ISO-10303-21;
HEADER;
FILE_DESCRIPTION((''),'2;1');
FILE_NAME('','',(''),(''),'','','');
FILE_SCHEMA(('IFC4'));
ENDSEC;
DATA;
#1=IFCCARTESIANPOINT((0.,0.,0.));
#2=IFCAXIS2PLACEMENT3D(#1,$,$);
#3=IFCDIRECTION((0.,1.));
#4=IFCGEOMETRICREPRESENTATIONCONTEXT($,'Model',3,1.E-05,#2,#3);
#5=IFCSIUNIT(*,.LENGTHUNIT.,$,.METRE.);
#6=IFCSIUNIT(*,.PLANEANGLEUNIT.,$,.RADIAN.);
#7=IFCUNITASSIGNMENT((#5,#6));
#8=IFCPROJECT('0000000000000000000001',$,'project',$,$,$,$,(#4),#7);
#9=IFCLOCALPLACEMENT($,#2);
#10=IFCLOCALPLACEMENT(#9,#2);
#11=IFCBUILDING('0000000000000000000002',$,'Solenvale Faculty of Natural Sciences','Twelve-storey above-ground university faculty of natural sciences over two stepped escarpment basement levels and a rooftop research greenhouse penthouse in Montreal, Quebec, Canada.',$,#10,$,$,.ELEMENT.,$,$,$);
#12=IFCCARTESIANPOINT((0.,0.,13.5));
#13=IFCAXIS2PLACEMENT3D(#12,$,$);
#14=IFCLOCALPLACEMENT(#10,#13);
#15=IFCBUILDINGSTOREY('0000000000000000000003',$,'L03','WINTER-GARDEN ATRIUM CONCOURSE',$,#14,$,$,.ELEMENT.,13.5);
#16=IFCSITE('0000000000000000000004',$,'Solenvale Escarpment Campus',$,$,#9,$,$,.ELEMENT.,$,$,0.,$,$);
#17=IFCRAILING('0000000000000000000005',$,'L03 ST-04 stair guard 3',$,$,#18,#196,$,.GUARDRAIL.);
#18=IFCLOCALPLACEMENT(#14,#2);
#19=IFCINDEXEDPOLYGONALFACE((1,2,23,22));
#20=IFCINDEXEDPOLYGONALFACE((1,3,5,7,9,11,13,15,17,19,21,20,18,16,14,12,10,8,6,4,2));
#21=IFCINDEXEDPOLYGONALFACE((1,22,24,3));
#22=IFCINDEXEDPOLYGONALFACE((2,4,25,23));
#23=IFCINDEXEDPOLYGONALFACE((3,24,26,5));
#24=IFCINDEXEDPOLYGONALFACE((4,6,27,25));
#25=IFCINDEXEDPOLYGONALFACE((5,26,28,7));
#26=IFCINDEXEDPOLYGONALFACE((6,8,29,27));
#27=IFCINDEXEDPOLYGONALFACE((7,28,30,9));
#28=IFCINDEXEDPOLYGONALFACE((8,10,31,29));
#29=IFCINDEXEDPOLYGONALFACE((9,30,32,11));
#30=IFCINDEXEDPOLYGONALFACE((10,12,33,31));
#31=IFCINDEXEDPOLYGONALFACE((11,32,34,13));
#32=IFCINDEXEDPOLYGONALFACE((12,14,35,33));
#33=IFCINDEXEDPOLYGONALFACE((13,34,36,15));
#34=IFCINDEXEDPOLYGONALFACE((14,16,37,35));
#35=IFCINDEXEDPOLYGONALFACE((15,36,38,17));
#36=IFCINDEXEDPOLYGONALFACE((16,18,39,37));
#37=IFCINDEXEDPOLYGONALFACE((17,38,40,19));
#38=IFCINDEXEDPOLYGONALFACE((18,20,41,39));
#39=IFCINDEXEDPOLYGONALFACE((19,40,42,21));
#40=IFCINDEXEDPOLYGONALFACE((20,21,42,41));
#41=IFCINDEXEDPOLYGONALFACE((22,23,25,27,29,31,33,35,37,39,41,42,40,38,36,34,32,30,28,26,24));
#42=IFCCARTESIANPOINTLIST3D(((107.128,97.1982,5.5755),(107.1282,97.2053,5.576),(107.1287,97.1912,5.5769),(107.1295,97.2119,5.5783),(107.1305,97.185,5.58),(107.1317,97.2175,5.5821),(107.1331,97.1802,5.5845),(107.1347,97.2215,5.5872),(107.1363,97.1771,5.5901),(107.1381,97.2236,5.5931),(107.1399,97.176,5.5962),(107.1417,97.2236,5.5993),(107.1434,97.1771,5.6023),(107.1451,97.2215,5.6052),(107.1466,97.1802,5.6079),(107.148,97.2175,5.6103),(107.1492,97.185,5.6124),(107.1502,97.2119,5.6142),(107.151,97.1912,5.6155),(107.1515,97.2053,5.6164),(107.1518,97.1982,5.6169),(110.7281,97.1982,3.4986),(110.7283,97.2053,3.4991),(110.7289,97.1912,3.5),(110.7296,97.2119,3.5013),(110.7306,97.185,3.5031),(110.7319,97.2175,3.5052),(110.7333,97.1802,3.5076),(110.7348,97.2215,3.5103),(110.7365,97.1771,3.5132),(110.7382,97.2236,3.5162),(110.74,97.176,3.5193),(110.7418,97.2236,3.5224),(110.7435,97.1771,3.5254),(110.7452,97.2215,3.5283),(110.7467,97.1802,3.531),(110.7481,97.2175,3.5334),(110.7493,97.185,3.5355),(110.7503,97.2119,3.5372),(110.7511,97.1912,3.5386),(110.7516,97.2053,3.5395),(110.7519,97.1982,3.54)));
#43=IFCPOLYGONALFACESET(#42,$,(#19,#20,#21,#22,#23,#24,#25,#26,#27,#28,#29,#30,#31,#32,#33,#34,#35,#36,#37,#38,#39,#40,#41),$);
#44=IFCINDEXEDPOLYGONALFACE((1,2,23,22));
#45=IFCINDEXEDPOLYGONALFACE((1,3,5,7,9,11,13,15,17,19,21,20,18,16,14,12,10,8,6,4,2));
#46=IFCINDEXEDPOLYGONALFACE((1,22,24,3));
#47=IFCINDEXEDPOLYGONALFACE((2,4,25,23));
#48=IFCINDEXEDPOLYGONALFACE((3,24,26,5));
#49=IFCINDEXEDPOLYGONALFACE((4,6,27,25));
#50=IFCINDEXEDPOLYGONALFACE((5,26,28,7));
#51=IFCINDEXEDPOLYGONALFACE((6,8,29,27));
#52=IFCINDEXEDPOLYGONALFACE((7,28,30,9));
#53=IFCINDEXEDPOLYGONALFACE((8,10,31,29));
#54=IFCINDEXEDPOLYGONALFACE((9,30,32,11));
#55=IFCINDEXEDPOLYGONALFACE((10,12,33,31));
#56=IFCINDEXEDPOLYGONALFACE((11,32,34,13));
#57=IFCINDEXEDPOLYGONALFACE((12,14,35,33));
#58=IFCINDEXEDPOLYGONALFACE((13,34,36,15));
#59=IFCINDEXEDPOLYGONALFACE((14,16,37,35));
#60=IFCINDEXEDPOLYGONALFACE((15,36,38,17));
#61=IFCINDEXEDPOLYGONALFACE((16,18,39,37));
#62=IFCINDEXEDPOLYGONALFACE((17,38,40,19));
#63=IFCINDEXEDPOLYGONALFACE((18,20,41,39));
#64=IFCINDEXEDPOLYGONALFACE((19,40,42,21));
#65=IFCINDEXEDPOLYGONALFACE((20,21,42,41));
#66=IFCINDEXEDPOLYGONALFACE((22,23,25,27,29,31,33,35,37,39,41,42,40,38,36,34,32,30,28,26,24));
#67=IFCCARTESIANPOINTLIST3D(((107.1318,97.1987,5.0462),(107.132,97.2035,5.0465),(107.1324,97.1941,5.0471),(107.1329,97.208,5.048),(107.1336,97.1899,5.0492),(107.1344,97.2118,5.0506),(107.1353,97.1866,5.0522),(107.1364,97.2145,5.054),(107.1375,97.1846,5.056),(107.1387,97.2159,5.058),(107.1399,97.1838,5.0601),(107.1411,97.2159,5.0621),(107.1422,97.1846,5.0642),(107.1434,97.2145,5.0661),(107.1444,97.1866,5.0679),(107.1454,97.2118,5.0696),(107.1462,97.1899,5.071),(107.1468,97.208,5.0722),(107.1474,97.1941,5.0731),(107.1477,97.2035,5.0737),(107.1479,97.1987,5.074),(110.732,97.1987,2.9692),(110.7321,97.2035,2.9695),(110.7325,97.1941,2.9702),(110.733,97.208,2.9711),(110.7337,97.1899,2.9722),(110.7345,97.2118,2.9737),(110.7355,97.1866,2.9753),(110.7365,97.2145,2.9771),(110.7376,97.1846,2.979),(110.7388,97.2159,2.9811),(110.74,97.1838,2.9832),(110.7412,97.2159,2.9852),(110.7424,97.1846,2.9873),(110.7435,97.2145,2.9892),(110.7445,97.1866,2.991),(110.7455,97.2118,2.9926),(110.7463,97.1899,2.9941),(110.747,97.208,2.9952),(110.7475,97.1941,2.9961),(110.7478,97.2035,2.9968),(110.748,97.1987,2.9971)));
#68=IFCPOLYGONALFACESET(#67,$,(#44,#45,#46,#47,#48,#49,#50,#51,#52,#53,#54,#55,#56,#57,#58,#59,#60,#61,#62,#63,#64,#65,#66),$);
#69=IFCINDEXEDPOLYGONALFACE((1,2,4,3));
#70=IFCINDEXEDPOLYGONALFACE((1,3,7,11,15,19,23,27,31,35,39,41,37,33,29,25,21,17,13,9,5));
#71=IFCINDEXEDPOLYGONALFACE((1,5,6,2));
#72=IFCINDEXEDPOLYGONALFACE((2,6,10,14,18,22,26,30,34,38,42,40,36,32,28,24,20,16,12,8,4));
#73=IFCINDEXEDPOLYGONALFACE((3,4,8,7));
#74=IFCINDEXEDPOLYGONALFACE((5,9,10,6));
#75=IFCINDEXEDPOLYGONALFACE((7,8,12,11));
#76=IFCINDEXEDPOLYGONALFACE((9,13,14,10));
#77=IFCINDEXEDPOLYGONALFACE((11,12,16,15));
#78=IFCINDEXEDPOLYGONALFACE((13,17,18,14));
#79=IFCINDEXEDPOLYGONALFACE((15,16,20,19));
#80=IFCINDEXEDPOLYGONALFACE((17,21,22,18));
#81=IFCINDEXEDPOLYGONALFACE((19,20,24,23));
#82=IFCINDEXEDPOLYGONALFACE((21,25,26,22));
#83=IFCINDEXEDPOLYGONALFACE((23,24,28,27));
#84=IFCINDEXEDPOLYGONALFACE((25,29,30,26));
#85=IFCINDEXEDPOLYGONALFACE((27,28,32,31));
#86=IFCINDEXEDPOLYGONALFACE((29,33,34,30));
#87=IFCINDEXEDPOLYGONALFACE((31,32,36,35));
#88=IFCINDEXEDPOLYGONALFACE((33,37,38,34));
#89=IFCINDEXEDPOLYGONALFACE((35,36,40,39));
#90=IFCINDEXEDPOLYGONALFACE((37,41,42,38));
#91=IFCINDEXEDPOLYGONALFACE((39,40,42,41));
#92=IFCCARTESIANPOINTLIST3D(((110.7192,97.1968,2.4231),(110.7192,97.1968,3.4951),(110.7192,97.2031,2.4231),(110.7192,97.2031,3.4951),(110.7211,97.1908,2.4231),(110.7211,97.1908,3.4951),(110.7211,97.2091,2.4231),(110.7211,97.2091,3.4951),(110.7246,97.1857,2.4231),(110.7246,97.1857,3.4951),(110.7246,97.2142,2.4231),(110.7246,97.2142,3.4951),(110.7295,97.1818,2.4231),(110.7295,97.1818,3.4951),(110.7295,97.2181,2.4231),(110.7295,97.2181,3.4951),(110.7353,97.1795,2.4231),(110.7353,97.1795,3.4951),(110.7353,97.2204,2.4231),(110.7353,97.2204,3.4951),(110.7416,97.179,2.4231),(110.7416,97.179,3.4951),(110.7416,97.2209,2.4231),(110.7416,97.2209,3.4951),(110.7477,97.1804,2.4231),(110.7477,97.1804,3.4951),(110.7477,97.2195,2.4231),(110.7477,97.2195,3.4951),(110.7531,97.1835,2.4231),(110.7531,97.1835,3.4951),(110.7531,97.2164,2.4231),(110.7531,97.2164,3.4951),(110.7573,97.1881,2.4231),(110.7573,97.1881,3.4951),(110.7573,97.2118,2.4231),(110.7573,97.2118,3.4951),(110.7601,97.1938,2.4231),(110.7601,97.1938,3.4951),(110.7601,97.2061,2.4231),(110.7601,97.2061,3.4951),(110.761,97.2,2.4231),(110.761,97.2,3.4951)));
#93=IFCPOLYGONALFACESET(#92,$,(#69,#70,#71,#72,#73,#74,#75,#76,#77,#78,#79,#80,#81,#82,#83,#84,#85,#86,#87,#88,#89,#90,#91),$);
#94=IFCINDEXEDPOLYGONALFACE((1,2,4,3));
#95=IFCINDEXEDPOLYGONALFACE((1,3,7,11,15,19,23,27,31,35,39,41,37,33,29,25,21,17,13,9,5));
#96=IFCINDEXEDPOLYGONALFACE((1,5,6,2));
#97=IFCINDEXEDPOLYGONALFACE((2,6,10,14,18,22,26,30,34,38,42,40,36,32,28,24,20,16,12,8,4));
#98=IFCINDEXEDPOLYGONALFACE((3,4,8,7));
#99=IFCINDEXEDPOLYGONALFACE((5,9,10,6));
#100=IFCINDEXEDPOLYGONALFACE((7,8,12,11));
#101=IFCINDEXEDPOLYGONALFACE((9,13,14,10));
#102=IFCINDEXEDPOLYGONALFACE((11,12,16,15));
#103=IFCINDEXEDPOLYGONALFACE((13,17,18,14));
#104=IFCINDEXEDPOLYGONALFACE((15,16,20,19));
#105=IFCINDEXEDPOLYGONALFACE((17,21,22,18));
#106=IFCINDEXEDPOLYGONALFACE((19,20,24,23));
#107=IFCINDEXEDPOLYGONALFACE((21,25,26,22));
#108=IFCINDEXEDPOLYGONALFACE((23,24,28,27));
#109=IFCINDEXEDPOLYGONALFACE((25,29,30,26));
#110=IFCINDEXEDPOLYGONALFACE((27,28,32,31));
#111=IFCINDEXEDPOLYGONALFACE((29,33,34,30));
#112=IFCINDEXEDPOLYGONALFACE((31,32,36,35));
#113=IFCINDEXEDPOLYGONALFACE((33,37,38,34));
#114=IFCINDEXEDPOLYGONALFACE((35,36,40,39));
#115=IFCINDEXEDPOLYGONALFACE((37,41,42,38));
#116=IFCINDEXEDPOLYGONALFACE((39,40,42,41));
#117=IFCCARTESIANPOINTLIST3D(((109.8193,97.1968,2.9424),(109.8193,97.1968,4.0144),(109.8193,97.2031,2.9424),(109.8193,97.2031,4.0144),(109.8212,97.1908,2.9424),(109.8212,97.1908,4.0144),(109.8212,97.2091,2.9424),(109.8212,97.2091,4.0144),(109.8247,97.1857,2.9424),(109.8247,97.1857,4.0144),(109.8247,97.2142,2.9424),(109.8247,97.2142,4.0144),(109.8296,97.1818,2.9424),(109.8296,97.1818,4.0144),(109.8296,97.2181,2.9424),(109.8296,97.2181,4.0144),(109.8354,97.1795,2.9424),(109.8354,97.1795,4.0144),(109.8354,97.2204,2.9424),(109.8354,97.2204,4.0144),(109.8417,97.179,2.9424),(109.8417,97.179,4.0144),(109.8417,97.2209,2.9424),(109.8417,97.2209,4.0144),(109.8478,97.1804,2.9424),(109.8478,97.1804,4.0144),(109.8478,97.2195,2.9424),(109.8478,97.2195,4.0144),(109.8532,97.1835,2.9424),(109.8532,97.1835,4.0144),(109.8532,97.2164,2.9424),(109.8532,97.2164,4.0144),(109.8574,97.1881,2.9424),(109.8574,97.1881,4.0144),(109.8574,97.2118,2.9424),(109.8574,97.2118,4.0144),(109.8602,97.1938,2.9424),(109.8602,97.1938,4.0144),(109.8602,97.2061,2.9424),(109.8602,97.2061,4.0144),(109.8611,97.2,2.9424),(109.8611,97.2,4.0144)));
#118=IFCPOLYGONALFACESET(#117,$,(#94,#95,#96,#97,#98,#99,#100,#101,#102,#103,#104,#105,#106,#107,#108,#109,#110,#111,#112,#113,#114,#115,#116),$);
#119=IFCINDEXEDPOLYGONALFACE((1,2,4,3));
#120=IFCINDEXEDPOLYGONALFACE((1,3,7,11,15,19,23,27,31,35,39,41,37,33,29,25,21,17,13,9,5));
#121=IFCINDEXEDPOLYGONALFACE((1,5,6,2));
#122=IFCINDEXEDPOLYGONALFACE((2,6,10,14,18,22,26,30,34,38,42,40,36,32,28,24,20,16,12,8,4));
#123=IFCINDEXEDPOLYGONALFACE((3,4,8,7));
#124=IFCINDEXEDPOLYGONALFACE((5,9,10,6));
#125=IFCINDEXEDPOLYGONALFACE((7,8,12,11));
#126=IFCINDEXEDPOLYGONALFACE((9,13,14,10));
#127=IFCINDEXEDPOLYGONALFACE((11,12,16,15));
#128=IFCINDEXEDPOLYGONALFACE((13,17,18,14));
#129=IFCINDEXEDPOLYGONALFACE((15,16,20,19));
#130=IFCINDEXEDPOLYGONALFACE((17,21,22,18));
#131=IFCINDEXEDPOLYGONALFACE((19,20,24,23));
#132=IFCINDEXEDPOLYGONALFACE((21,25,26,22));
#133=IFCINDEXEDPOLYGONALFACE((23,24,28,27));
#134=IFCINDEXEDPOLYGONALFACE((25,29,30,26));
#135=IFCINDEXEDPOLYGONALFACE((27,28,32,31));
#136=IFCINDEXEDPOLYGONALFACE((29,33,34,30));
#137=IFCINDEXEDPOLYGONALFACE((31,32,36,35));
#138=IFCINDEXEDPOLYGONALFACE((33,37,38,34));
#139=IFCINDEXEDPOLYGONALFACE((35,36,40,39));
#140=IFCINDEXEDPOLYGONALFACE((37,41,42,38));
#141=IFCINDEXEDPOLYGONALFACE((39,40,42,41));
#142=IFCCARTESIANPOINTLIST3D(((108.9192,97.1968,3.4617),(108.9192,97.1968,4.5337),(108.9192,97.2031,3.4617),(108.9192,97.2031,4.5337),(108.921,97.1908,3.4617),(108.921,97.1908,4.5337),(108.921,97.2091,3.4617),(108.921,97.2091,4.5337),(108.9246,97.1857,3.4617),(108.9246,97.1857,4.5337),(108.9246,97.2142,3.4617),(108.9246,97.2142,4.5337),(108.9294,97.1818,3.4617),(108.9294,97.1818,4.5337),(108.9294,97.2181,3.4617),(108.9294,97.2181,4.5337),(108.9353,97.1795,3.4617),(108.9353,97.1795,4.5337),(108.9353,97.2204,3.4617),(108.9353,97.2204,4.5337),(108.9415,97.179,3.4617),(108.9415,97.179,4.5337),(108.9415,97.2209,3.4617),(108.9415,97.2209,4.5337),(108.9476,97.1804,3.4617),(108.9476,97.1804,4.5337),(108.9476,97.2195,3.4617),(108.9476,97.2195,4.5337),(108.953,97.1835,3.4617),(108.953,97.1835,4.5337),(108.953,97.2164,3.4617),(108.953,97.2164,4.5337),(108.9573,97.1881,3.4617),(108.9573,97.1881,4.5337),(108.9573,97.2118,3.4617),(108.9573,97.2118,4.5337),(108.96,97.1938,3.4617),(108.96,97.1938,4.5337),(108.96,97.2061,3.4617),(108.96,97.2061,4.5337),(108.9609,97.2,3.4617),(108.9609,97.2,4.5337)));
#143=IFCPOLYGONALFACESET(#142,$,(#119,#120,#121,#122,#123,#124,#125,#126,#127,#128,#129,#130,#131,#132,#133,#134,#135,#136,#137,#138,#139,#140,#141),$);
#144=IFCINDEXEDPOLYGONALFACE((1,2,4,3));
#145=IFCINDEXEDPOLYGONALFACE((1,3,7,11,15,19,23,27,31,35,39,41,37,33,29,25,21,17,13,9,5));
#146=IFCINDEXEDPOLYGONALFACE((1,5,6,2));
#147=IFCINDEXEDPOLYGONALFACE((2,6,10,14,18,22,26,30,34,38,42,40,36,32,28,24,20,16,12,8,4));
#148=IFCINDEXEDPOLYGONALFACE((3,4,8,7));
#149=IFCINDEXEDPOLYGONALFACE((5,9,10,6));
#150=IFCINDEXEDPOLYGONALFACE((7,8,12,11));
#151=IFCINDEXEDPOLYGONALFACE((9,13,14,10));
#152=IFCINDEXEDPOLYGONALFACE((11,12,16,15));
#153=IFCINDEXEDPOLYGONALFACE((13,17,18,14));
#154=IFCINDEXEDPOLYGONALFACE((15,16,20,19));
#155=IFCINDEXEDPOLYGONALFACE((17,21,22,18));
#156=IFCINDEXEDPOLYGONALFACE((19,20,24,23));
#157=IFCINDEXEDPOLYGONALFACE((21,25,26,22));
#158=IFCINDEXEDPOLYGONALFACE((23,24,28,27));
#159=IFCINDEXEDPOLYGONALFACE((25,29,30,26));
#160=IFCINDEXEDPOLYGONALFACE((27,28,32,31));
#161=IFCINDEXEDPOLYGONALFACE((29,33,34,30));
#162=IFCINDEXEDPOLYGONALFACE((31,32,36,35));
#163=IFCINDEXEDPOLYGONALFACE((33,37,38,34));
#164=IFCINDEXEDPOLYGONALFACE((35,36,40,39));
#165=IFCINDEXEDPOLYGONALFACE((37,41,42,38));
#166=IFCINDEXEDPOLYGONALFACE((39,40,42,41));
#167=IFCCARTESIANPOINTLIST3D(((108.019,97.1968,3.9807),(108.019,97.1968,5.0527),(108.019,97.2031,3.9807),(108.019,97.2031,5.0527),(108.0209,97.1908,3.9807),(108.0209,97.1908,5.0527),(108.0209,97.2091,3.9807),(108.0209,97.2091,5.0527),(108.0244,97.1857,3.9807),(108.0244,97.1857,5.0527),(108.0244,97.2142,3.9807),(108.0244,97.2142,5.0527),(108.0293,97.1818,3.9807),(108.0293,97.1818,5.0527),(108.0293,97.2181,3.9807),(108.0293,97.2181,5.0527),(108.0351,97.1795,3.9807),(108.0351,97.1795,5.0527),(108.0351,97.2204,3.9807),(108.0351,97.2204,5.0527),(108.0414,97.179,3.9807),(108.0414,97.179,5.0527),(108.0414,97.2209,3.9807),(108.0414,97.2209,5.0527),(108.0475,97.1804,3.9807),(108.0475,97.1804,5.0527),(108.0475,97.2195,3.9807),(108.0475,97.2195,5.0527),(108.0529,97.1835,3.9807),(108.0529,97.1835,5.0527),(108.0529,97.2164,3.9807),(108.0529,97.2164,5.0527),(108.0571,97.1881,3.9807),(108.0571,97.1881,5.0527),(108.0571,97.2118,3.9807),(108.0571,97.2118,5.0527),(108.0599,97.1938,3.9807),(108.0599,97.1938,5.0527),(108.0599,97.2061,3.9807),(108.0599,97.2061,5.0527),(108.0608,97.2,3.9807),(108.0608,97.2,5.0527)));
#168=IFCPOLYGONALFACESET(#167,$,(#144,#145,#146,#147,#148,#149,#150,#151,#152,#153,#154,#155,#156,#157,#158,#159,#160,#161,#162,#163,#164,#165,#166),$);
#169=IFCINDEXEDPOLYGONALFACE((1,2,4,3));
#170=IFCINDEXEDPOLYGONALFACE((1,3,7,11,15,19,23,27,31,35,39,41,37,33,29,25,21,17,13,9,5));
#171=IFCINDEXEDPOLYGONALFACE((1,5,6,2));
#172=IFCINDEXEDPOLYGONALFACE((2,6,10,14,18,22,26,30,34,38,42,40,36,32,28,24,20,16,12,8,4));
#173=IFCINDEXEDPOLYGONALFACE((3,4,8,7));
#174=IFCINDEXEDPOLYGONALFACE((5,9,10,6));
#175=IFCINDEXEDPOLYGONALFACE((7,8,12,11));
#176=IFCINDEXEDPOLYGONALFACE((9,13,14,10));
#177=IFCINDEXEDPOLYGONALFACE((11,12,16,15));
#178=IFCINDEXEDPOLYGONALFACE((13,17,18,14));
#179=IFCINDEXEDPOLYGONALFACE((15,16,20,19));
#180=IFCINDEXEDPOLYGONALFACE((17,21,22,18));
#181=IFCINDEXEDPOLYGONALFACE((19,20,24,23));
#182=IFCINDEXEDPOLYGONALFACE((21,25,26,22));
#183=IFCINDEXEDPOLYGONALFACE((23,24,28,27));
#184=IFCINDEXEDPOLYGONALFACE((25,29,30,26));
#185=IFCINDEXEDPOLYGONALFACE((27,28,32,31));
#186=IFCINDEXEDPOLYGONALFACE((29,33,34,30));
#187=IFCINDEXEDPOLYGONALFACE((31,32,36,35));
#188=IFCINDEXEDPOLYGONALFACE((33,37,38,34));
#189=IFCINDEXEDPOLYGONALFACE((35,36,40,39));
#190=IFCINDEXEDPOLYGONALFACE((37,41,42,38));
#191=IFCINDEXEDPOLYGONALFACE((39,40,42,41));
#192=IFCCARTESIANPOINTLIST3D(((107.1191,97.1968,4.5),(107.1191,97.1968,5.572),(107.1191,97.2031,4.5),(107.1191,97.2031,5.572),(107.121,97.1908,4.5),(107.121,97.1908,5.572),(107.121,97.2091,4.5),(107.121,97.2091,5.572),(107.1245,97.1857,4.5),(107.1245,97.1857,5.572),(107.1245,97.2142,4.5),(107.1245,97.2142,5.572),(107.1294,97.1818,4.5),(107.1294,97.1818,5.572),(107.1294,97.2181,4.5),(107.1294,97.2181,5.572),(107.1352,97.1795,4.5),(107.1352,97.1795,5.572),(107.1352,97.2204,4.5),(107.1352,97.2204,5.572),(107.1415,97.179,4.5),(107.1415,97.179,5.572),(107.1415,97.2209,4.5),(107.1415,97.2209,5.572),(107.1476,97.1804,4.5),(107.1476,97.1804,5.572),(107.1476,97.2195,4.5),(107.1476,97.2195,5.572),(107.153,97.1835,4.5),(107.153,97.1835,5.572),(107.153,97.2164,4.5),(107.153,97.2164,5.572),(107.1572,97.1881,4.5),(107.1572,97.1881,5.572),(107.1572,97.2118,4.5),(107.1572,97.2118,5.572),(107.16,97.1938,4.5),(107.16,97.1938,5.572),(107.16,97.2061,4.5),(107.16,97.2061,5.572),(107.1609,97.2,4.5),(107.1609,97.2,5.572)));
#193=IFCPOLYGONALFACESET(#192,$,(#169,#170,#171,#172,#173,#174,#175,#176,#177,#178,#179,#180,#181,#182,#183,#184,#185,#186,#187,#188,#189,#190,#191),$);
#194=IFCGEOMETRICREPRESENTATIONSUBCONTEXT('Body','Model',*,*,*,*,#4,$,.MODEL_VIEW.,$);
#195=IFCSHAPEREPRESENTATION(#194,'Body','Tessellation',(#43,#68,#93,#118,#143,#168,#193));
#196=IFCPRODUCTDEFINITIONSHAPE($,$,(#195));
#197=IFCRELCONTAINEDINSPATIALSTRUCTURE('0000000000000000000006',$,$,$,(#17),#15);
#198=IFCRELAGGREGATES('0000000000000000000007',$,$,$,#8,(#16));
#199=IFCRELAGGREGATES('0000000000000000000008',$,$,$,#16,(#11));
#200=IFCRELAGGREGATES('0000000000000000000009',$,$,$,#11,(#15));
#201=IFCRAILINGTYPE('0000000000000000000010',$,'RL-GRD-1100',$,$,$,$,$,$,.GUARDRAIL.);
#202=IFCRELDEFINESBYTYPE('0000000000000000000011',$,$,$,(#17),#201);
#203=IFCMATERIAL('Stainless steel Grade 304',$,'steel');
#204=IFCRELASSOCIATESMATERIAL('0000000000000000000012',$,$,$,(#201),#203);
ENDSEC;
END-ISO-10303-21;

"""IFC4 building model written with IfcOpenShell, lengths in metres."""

from ifc_helpers import new_model, si_unit, direction, frame, origin, origin_2d, place, context, subcontext, project, spatial, circle, extrude, material, type_object, element, save


model = new_model("IFC4")

# Units and contexts
model_context = context("Model", 3, precision=1e-05, world=origin(), true_north=direction((0.0, 1.0)))
body_context = subcontext(model_context, "Body", "Model", "MODEL_VIEW")
ifc_project = project(units=[si_unit("LENGTHUNIT", "METRE"), si_unit("PLANEANGLEUNIT", "RADIAN")], contexts=[model_context])

# Site, building, storey
site_placement = place(None, origin())
site = spatial("IfcSite", under=ifc_project, at=site_placement, Name="Solenvale Escarpment Campus", CompositionType="ELEMENT", RefElevation=0.0)
building_placement = place(site_placement, origin())
building = spatial("IfcBuilding", under=site, at=building_placement, Name="Solenvale Faculty of Natural Sciences", Description="Twelve-storey above-ground university faculty of natural sciences over two stepped escarpment basement levels and a rooftop research greenhouse penthouse in Montreal, Quebec, Canada.", CompositionType="ELEMENT")
storey_placement = place(building_placement, frame((0.0, 0.0, 13.5)))
storey = spatial("IfcBuildingStorey", under=building, at=storey_placement, Name="L03", Description="WINTER-GARDEN ATRIUM CONCOURSE", CompositionType="ELEMENT", Elevation=13.5)

# Shared definitions
ifc_material_1 = material(Name="Stainless steel Grade 304", Category="steel")

# Railing
railing_type_1 = type_object("IfcRailingType", Name="RL-GRD-1100", PredefinedType="GUARDRAIL", material=ifc_material_1)
railing_1_placement = place(storey_placement, frame((110.74, 97.2, 2.4231)))
element("IfcRailing", 1, at=railing_1_placement, inside=storey, type_object=railing_type_1, Name="L03 ST-04 stair guard 3", PredefinedType="GUARDRAIL", context=body_context, shape_type="SweptSolid", body=[
    extrude(circle(Radius=0.0239, at=origin_2d()), frame((0.0, 0.0, 1.0962), z_axis=(-0.866193, 0.0, 0.499709), x_axis=(0.0, -1.0, 0.0)), (0.0, 0.0, 1.0), 4.1562),
    extrude(circle(Radius=0.0161, at=origin_2d()), frame((0.0, 0.0, 0.5601), z_axis=(-0.866193, 0.0, 0.499709), x_axis=(0.0, -1.0, 0.0)), (0.0, 0.0, 1.0), 4.1562),
    extrude(circle(Radius=0.021, at=origin_2d()), origin(), (0.0, 0.0, 1.0), 1.072),
    extrude(circle(Radius=0.021, at=origin_2d()), frame((-0.8999, 0.0, 0.5193)), (0.0, 0.0, 1.0), 1.072),
    extrude(circle(Radius=0.021, at=origin_2d()), frame((-1.8, 0.0, 1.0386)), (0.0, 0.0, 1.0), 1.072),
    extrude(circle(Radius=0.021, at=origin_2d()), frame((-2.7002, 0.0, 1.5576)), (0.0, 0.0, 1.0), 1.072),
    extrude(circle(Radius=0.021, at=origin_2d()), frame((-3.6001, 0.0, 2.0769)), (0.0, 0.0, 1.0), 1.072),
])

save(model, "model.ifc")
